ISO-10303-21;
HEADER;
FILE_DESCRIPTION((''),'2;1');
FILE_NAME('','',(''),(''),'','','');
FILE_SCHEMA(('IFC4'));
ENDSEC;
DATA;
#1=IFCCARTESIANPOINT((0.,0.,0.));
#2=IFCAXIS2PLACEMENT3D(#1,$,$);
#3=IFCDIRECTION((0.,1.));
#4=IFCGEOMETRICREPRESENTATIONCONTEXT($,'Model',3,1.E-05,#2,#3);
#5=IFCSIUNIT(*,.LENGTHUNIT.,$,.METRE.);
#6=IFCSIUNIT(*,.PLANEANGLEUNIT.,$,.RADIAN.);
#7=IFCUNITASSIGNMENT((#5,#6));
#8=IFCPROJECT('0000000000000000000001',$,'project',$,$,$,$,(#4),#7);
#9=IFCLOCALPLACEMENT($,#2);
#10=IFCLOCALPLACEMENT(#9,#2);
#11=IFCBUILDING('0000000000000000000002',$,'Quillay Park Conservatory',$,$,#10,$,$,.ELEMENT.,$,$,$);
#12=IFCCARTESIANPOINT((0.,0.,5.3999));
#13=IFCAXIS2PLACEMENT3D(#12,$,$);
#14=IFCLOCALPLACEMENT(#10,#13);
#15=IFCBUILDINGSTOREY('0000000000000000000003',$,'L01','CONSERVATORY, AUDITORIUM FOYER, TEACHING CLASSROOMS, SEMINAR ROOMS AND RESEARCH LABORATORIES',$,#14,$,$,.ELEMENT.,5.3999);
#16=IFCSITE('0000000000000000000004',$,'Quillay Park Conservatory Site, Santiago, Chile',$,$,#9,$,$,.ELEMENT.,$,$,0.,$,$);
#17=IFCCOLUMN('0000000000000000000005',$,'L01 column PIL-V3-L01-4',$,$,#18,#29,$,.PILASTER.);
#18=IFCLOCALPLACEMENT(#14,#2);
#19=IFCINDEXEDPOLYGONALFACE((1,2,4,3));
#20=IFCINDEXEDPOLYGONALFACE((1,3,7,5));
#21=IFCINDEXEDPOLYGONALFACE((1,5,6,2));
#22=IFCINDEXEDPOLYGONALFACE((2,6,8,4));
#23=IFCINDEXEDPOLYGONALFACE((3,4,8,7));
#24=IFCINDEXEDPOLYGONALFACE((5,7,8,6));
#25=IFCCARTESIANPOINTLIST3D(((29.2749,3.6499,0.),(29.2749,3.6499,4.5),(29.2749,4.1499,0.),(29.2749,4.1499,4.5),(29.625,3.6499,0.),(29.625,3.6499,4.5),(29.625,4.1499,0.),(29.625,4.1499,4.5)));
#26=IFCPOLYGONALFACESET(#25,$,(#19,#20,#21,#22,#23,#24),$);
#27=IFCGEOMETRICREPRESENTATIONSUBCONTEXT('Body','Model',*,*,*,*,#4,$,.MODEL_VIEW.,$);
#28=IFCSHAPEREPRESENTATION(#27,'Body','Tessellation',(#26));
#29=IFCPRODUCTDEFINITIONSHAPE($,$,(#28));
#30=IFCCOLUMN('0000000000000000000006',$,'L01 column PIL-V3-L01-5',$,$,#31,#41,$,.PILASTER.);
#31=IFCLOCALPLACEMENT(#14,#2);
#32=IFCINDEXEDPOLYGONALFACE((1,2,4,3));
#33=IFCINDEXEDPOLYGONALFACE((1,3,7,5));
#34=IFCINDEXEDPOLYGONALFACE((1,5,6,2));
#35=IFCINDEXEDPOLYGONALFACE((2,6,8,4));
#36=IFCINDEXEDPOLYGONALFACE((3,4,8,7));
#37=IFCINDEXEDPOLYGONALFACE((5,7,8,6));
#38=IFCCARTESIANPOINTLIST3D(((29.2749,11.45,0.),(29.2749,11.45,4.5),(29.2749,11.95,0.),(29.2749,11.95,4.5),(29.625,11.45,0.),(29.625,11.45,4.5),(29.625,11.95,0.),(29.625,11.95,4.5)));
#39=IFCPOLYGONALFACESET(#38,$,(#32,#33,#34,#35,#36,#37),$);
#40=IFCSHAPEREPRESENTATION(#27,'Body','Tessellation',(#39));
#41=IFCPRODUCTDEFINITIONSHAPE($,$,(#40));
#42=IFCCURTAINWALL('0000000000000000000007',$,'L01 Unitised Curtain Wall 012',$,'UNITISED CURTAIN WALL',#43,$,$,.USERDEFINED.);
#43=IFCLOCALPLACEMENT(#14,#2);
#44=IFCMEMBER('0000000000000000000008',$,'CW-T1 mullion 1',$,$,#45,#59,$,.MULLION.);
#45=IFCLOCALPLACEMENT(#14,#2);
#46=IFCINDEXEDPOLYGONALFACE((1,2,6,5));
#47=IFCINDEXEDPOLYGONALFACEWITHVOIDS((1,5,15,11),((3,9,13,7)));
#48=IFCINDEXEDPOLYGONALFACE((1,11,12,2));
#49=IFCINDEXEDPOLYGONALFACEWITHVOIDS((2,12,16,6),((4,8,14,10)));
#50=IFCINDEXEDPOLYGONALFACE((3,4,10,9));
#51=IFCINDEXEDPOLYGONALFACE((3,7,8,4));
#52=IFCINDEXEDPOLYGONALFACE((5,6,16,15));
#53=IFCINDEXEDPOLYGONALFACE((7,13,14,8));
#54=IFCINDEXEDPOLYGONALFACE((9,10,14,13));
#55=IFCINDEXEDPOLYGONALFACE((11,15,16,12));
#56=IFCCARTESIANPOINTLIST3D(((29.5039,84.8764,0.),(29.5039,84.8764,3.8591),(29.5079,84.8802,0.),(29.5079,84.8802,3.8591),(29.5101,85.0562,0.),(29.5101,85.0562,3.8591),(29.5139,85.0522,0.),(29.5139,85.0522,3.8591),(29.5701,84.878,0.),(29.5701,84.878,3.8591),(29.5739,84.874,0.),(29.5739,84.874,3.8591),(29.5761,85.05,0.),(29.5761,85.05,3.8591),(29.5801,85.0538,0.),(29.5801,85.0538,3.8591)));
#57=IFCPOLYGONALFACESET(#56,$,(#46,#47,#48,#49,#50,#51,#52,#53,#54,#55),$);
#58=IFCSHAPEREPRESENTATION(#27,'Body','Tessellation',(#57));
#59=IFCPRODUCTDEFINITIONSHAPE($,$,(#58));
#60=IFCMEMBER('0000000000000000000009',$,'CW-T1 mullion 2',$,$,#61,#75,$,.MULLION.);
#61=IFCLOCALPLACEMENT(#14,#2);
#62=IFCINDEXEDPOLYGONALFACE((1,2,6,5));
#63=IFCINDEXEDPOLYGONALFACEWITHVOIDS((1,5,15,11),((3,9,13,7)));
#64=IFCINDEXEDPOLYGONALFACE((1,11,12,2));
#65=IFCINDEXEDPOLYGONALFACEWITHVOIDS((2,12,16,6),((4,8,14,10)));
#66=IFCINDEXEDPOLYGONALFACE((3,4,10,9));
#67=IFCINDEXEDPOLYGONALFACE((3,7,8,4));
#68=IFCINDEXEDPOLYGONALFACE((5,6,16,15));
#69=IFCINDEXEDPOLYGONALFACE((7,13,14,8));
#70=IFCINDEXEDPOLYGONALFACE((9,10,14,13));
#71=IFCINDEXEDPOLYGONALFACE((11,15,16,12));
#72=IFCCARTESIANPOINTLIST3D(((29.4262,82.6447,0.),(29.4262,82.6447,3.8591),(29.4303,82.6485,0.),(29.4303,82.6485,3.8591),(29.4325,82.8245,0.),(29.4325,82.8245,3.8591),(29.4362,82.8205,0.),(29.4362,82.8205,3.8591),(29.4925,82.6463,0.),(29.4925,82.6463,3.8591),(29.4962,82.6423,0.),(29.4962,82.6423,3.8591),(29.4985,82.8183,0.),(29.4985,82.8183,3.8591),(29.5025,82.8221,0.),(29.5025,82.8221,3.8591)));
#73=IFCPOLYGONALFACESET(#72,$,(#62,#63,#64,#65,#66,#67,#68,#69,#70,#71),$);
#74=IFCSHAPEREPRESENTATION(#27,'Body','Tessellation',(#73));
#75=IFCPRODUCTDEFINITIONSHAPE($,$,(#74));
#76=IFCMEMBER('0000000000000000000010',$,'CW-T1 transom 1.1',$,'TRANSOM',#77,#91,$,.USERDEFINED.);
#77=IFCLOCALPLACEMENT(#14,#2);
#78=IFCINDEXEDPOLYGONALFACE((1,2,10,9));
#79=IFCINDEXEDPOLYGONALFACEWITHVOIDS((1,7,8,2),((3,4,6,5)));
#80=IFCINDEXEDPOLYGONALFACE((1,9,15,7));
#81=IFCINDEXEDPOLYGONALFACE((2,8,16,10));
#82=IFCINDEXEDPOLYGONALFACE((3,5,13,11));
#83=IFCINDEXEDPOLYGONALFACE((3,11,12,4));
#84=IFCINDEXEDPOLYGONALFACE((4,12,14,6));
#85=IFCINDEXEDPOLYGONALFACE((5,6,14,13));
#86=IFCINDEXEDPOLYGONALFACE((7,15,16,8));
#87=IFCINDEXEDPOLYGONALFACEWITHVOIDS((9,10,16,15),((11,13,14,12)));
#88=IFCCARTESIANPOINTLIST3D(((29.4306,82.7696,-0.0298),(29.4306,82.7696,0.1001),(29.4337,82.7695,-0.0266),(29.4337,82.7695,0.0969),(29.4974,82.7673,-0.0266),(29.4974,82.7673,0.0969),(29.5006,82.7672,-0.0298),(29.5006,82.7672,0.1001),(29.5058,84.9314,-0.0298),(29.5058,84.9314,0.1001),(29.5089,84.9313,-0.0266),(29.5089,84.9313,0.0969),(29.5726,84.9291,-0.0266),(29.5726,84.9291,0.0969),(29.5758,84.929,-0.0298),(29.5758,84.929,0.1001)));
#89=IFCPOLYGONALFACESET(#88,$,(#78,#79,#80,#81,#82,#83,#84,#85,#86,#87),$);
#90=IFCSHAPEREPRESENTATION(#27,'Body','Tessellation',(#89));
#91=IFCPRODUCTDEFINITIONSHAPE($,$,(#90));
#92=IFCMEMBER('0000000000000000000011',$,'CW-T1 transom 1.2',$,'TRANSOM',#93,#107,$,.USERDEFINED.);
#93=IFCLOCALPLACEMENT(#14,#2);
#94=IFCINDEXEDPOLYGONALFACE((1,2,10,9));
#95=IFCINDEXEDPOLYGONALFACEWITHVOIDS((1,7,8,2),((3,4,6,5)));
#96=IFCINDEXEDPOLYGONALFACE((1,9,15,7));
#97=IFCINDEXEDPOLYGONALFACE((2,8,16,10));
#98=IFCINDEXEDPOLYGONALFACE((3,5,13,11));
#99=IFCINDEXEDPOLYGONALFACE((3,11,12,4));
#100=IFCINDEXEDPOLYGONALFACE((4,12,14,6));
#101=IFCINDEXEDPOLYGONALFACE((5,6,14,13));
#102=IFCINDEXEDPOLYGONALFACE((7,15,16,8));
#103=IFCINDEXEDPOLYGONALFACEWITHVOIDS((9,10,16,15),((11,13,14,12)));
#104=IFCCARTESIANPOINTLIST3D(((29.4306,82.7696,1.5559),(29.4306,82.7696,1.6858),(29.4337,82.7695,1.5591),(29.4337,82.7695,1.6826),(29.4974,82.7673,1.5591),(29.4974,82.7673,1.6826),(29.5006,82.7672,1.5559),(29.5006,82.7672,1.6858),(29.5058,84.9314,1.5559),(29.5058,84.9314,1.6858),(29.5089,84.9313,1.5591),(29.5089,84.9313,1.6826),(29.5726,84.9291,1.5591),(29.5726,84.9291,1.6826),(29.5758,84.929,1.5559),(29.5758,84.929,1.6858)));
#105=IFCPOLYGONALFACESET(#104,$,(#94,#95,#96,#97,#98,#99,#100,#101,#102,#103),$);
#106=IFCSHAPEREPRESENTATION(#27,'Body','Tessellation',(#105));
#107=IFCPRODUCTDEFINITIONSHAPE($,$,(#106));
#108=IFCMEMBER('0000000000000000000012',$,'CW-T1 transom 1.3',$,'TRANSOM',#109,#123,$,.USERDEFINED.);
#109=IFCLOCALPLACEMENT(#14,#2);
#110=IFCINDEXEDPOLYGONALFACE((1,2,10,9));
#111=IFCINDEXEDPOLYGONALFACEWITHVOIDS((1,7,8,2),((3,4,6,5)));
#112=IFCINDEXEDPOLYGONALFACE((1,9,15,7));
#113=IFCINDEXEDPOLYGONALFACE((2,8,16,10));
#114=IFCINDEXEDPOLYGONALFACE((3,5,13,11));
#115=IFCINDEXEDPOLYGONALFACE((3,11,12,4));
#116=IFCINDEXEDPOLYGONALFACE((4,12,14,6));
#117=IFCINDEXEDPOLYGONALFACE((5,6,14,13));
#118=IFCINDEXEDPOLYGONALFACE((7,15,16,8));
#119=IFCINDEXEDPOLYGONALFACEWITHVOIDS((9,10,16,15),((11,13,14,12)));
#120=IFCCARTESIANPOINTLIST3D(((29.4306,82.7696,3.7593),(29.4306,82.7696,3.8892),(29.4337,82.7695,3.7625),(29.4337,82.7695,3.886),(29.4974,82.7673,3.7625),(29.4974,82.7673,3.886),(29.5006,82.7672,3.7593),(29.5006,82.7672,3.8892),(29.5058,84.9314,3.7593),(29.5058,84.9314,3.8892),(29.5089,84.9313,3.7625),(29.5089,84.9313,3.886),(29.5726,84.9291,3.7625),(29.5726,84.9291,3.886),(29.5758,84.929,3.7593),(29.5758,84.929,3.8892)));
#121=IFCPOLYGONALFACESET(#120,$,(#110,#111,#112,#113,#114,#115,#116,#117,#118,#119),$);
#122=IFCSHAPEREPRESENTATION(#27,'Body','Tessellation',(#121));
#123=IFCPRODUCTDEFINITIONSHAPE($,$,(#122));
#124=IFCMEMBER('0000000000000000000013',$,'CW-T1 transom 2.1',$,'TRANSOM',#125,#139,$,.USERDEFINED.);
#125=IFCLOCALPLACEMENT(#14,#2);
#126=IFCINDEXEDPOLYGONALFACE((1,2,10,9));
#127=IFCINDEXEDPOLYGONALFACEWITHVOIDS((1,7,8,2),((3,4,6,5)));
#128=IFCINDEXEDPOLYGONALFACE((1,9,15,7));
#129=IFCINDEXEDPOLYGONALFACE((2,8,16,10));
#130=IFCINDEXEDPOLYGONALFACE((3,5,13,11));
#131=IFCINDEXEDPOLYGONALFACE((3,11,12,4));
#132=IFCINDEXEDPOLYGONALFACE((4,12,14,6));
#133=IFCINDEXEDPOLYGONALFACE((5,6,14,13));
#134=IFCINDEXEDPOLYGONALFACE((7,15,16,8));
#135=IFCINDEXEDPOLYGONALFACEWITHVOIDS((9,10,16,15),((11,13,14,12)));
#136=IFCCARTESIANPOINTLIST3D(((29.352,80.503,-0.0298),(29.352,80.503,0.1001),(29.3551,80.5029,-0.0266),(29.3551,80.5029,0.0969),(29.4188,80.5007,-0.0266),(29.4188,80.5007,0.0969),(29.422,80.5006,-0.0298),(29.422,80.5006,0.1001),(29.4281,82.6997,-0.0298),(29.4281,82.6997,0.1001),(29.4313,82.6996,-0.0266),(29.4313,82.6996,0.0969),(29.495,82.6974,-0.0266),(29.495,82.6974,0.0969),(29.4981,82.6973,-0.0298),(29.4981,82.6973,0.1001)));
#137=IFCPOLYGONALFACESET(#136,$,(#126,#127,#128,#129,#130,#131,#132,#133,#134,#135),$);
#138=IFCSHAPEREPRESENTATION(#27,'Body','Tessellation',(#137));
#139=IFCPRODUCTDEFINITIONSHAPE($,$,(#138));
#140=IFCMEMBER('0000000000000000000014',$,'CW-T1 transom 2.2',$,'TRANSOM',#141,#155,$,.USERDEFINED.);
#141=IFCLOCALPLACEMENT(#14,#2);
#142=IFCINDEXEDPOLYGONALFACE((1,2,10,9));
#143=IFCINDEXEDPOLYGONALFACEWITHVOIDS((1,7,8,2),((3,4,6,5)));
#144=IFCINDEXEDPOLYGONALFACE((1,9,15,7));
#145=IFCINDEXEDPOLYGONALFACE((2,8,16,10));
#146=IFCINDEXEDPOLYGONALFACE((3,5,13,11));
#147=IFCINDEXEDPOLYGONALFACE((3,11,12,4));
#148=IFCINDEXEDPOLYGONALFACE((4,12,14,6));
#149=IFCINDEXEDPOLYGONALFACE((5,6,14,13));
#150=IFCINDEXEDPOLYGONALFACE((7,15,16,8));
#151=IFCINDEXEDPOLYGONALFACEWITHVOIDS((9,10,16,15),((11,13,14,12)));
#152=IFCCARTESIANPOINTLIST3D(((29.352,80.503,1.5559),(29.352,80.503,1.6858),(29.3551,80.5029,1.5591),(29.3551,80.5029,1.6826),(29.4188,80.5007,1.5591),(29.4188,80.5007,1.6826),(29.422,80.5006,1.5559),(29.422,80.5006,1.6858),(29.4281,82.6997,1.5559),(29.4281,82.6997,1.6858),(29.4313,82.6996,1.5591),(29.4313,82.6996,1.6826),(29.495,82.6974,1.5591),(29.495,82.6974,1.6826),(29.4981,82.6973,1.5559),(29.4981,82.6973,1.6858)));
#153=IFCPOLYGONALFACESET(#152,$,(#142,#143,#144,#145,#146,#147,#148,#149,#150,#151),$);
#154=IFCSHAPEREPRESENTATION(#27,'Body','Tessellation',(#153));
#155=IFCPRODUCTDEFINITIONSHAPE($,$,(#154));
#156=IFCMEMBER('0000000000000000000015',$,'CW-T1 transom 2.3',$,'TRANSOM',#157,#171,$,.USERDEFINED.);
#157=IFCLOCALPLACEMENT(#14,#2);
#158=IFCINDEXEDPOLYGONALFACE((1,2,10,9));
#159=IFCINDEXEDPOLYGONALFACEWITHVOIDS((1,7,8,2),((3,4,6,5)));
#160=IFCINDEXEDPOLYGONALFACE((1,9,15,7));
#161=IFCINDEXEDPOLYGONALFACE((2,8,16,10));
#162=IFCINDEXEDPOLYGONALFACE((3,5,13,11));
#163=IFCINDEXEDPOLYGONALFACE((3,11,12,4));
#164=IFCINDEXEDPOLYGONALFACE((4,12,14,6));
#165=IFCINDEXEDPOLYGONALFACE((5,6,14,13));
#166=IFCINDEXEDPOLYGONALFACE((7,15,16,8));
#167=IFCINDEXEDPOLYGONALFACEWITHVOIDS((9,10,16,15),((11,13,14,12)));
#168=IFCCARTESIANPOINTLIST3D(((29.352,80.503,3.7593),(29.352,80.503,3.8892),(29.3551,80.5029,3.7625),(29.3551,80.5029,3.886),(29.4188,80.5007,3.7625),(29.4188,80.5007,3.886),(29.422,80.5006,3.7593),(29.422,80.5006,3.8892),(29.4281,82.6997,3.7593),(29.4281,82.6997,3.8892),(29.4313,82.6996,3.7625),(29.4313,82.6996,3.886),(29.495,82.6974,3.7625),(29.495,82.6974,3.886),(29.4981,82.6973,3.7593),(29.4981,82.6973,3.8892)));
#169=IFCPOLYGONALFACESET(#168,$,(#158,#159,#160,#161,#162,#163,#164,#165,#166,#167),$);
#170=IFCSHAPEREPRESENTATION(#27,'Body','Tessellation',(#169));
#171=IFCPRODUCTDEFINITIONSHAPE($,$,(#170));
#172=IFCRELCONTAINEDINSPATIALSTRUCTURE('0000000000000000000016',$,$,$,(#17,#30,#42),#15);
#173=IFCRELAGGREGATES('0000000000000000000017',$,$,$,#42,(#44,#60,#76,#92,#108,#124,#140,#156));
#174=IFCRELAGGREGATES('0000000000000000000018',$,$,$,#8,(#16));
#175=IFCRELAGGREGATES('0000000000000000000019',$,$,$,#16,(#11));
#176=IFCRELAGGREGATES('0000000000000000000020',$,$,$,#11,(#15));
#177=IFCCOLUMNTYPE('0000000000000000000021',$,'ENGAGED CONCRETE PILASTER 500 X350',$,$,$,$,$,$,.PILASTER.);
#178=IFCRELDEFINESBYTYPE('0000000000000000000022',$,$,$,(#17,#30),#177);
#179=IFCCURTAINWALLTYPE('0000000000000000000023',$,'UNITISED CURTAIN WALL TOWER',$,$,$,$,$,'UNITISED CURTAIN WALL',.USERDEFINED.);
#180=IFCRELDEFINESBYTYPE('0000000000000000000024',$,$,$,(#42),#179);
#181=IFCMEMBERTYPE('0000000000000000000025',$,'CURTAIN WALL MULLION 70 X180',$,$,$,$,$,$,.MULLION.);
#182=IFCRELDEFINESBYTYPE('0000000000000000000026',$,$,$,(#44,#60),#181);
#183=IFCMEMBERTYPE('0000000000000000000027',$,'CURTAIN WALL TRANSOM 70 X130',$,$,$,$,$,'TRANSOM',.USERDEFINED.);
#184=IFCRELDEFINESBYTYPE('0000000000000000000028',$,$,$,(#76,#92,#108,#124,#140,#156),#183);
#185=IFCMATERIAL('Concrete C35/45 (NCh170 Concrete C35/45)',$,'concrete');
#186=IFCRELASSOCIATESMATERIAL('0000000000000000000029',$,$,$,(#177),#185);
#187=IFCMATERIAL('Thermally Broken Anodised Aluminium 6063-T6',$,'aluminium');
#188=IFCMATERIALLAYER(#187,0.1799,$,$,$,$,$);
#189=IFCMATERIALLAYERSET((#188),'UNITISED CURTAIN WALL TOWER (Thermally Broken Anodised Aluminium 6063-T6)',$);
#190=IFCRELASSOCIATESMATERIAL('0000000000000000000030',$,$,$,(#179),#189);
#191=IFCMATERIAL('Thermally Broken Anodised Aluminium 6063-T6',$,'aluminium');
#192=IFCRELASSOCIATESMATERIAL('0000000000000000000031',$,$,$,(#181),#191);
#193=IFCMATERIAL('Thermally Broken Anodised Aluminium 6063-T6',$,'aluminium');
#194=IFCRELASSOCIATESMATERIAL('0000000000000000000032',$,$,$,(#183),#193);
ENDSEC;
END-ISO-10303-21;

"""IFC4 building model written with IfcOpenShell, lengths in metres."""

from ifc_helpers import new_model, si_unit, direction, frame, origin, origin_2d, place, context, subcontext, project, spatial, rectangle, hollow_rectangle, extrude, material, layer, layer_set, material_profile, profile_set, type_object, element, aggregate, save


model = new_model("IFC4")

# Units and contexts
model_context = context("Model", 3, precision=1e-05, world=origin(), true_north=direction((0.0, 1.0)))
body_context = subcontext(model_context, "Body", "Model", "MODEL_VIEW")
ifc_project = project(units=[si_unit("LENGTHUNIT", "METRE"), si_unit("PLANEANGLEUNIT", "RADIAN")], contexts=[model_context])

# Site, building, storey
site_placement = place(None, origin())
site = spatial("IfcSite", under=ifc_project, at=site_placement, Name="Quillay Park Conservatory Site, Santiago, Chile", CompositionType="ELEMENT", RefElevation=0.0)
building_placement = place(site_placement, origin())
building = spatial("IfcBuilding", under=site, at=building_placement, Name="Quillay Park Conservatory", CompositionType="ELEMENT")
storey_placement = place(building_placement, frame((0.0, 0.0, 5.3999)))
storey = spatial("IfcBuildingStorey", under=building, at=storey_placement, Name="L01", Description="CONSERVATORY, AUDITORIUM FOYER, TEACHING CLASSROOMS, SEMINAR ROOMS AND RESEARCH LABORATORIES", CompositionType="ELEMENT", Elevation=5.3999)

# Columns
ifc_material_1 = material(Name="Concrete C35/45 (NCh170 Concrete C35/45)", Category="concrete")
ifc_material_profile_1 = material_profile(ifc_material_1, rectangle(XDim=0.3501, YDim=0.5, at=origin_2d()), Name="RC500x350")
ifc_profile_set_1 = profile_set([ifc_material_profile_1], Name="Concrete C35/45 (NCh170 Concrete C35/45)")
column_type_1 = type_object("IfcColumnType", Name="ENGAGED CONCRETE PILASTER 500 X350", PredefinedType="PILASTER", material=ifc_profile_set_1)
for number, where, z_axis, x_axis, name in (
    (1, (29.45, 3.8999, 0.0), (0.0, 0.0, 1.0), (1.0, 0.0, 0.0), "L01 column PIL-V3-L01-4"),
    (2, (29.45, 11.7, 0.0), (0.0, 0.0, 1.0), (1.0, 0.0, 0.0), "L01 column PIL-V3-L01-5"),
):
    element("IfcColumn", number, at=place(storey_placement, frame(where, z_axis=z_axis, x_axis=x_axis)), inside=storey, type_object=column_type_1, Name=name, PredefinedType="PILASTER", context=body_context, shape_type="SweptSolid", body=[
        extrude(rectangle(XDim=0.3501, YDim=0.5, at=origin_2d()), origin(), (0.0, 0.0, 1.0), 4.5),
    ])

# Curtain wall, members
ifc_material_2 = material(Name="Thermally Broken Anodised Aluminium 6063-T6", Category="aluminium")
ifc_layer_1 = layer(ifc_material_2, 0.1799)
ifc_layer_set_1 = layer_set([ifc_layer_1], Name="UNITISED CURTAIN WALL TOWER (Thermally Broken Anodised Aluminium 6063-T6)")
curtain_wall_type = type_object("IfcCurtainWallType", Name="UNITISED CURTAIN WALL TOWER", ElementType="UNITISED CURTAIN WALL", PredefinedType="USERDEFINED", material=ifc_layer_set_1)
curtain_wall_placement = place(storey_placement, origin())
curtain_wall = element("IfcCurtainWall", 3, at=curtain_wall_placement, inside=storey, type_object=curtain_wall_type, Name="L01 Unitised Curtain Wall 012", ObjectType="UNITISED CURTAIN WALL", PredefinedType="USERDEFINED")
ifc_material_3 = material(Name="Thermally Broken Anodised Aluminium 6063-T6", Category="aluminium")
ifc_material_profile_2 = material_profile(ifc_material_3, hollow_rectangle(XDim=0.0701, YDim=0.1799, WallThickness=0.0039, at=origin_2d()), Name="AL70x180x4")
ifc_profile_set_2 = profile_set([ifc_material_profile_2], Name="Thermally Broken Anodised Aluminium 6063-T6")
member_type_1 = type_object("IfcMemberType", Name="CURTAIN WALL MULLION 70 X180", PredefinedType="MULLION", material=ifc_profile_set_2)
member_1_placement = place(storey_placement, frame((29.542, 84.9651, 0.0), z_axis=(0.0, 0.0, 1.0), x_axis=(0.999397, -0.034713, 0.0)))
member_1 = element("IfcMember", 4, at=member_1_placement, type_object=member_type_1, Name="CW-T1 mullion 1", PredefinedType="MULLION", context=body_context, shape_type="SweptSolid", body=[
    extrude(hollow_rectangle(XDim=0.0701, YDim=0.1799, WallThickness=0.0039, at=origin_2d()), origin(), (0.0, 0.0, 1.0), 3.8591),
])
member_2_placement = place(storey_placement, frame((29.4644, 82.7334, 0.0), z_axis=(0.0, 0.0, 1.0), x_axis=(0.999397, -0.034713, 0.0)))
member_2 = element("IfcMember", 5, at=member_2_placement, type_object=member_type_1, Name="CW-T1 mullion 2", PredefinedType="MULLION", context=body_context, shape_type="SweptSolid", body=[
    extrude(hollow_rectangle(XDim=0.0701, YDim=0.1799, WallThickness=0.0039, at=origin_2d()), origin(), (0.0, 0.0, 1.0), 3.8591),
])
ifc_material_4 = material(Name="Thermally Broken Anodised Aluminium 6063-T6", Category="aluminium")
ifc_material_profile_3 = material_profile(ifc_material_4, hollow_rectangle(XDim=0.0701, YDim=0.1299, WallThickness=0.0032, at=origin_2d()), Name="AL70x130x3.2")
ifc_profile_set_3 = profile_set([ifc_material_profile_3], Name="Thermally Broken Anodised Aluminium 6063-T6")
member_type_2 = type_object("IfcMemberType", Name="CURTAIN WALL TRANSOM 70 X130", ElementType="TRANSOM", PredefinedType="USERDEFINED", material=ifc_profile_set_3)
member_3_placement = place(storey_placement, frame((29.5408, 84.9302, 0.0352), z_axis=(-0.034762, -0.999396, 0.0), x_axis=(0.999396, -0.034762, 0.0)))
member_3 = element("IfcMember", 6, at=member_3_placement, type_object=member_type_2, Name="CW-T1 transom 1.1", ObjectType="TRANSOM", PredefinedType="USERDEFINED", context=body_context, shape_type="SweptSolid", body=[
    extrude(hollow_rectangle(XDim=0.0701, YDim=0.1299, WallThickness=0.0032, at=origin_2d()), origin(), (0.0, 0.0, 1.0), 2.1631),
])
member_4_placement = place(storey_placement, frame((29.5408, 84.9302, 1.6208), z_axis=(-0.034762, -0.999396, 0.0), x_axis=(0.999396, -0.034762, 0.0)))
member_4 = element("IfcMember", 7, at=member_4_placement, type_object=member_type_2, Name="CW-T1 transom 1.2", ObjectType="TRANSOM", PredefinedType="USERDEFINED", context=body_context, shape_type="SweptSolid", body=[
    extrude(hollow_rectangle(XDim=0.0701, YDim=0.1299, WallThickness=0.0032, at=origin_2d()), origin(), (0.0, 0.0, 1.0), 2.1631),
])
member_5_placement = place(storey_placement, frame((29.5408, 84.9302, 3.8242), z_axis=(-0.034762, -0.999396, 0.0), x_axis=(0.999396, -0.034762, 0.0)))
member_5 = element("IfcMember", 8, at=member_5_placement, type_object=member_type_2, Name="CW-T1 transom 1.3", ObjectType="TRANSOM", PredefinedType="USERDEFINED", context=body_context, shape_type="SweptSolid", body=[
    extrude(hollow_rectangle(XDim=0.0701, YDim=0.1299, WallThickness=0.0032, at=origin_2d()), origin(), (0.0, 0.0, 1.0), 2.1631),
])
member_6_placement = place(storey_placement, frame((29.4631, 82.6985, 0.0352), z_axis=(-0.034654, -0.999399, 0.0), x_axis=(0.999399, -0.034654, 0.0)))
member_6 = element("IfcMember", 9, at=member_6_placement, type_object=member_type_2, Name="CW-T1 transom 2.1", ObjectType="TRANSOM", PredefinedType="USERDEFINED", context=body_context, shape_type="SweptSolid", body=[
    extrude(hollow_rectangle(XDim=0.0701, YDim=0.1299, WallThickness=0.0032, at=origin_2d()), origin(), (0.0, 0.0, 1.0), 2.198),
])
member_7_placement = place(storey_placement, frame((29.4631, 82.6985, 1.6208), z_axis=(-0.034654, -0.999399, 0.0), x_axis=(0.999399, -0.034654, 0.0)))
member_7 = element("IfcMember", 10, at=member_7_placement, type_object=member_type_2, Name="CW-T1 transom 2.2", ObjectType="TRANSOM", PredefinedType="USERDEFINED", context=body_context, shape_type="SweptSolid", body=[
    extrude(hollow_rectangle(XDim=0.0701, YDim=0.1299, WallThickness=0.0032, at=origin_2d()), origin(), (0.0, 0.0, 1.0), 2.198),
])
member_8_placement = place(storey_placement, frame((29.4631, 82.6985, 3.8242), z_axis=(-0.034654, -0.999399, 0.0), x_axis=(0.999399, -0.034654, 0.0)))
member_8 = element("IfcMember", 11, at=member_8_placement, type_object=member_type_2, Name="CW-T1 transom 2.3", ObjectType="TRANSOM", PredefinedType="USERDEFINED", context=body_context, shape_type="SweptSolid", body=[
    extrude(hollow_rectangle(XDim=0.0701, YDim=0.1299, WallThickness=0.0032, at=origin_2d()), origin(), (0.0, 0.0, 1.0), 2.198),
])

aggregate(curtain_wall, [member_1, member_2, member_3, member_4, member_5, member_6, member_7, member_8])

save(model, "model.ifc")
